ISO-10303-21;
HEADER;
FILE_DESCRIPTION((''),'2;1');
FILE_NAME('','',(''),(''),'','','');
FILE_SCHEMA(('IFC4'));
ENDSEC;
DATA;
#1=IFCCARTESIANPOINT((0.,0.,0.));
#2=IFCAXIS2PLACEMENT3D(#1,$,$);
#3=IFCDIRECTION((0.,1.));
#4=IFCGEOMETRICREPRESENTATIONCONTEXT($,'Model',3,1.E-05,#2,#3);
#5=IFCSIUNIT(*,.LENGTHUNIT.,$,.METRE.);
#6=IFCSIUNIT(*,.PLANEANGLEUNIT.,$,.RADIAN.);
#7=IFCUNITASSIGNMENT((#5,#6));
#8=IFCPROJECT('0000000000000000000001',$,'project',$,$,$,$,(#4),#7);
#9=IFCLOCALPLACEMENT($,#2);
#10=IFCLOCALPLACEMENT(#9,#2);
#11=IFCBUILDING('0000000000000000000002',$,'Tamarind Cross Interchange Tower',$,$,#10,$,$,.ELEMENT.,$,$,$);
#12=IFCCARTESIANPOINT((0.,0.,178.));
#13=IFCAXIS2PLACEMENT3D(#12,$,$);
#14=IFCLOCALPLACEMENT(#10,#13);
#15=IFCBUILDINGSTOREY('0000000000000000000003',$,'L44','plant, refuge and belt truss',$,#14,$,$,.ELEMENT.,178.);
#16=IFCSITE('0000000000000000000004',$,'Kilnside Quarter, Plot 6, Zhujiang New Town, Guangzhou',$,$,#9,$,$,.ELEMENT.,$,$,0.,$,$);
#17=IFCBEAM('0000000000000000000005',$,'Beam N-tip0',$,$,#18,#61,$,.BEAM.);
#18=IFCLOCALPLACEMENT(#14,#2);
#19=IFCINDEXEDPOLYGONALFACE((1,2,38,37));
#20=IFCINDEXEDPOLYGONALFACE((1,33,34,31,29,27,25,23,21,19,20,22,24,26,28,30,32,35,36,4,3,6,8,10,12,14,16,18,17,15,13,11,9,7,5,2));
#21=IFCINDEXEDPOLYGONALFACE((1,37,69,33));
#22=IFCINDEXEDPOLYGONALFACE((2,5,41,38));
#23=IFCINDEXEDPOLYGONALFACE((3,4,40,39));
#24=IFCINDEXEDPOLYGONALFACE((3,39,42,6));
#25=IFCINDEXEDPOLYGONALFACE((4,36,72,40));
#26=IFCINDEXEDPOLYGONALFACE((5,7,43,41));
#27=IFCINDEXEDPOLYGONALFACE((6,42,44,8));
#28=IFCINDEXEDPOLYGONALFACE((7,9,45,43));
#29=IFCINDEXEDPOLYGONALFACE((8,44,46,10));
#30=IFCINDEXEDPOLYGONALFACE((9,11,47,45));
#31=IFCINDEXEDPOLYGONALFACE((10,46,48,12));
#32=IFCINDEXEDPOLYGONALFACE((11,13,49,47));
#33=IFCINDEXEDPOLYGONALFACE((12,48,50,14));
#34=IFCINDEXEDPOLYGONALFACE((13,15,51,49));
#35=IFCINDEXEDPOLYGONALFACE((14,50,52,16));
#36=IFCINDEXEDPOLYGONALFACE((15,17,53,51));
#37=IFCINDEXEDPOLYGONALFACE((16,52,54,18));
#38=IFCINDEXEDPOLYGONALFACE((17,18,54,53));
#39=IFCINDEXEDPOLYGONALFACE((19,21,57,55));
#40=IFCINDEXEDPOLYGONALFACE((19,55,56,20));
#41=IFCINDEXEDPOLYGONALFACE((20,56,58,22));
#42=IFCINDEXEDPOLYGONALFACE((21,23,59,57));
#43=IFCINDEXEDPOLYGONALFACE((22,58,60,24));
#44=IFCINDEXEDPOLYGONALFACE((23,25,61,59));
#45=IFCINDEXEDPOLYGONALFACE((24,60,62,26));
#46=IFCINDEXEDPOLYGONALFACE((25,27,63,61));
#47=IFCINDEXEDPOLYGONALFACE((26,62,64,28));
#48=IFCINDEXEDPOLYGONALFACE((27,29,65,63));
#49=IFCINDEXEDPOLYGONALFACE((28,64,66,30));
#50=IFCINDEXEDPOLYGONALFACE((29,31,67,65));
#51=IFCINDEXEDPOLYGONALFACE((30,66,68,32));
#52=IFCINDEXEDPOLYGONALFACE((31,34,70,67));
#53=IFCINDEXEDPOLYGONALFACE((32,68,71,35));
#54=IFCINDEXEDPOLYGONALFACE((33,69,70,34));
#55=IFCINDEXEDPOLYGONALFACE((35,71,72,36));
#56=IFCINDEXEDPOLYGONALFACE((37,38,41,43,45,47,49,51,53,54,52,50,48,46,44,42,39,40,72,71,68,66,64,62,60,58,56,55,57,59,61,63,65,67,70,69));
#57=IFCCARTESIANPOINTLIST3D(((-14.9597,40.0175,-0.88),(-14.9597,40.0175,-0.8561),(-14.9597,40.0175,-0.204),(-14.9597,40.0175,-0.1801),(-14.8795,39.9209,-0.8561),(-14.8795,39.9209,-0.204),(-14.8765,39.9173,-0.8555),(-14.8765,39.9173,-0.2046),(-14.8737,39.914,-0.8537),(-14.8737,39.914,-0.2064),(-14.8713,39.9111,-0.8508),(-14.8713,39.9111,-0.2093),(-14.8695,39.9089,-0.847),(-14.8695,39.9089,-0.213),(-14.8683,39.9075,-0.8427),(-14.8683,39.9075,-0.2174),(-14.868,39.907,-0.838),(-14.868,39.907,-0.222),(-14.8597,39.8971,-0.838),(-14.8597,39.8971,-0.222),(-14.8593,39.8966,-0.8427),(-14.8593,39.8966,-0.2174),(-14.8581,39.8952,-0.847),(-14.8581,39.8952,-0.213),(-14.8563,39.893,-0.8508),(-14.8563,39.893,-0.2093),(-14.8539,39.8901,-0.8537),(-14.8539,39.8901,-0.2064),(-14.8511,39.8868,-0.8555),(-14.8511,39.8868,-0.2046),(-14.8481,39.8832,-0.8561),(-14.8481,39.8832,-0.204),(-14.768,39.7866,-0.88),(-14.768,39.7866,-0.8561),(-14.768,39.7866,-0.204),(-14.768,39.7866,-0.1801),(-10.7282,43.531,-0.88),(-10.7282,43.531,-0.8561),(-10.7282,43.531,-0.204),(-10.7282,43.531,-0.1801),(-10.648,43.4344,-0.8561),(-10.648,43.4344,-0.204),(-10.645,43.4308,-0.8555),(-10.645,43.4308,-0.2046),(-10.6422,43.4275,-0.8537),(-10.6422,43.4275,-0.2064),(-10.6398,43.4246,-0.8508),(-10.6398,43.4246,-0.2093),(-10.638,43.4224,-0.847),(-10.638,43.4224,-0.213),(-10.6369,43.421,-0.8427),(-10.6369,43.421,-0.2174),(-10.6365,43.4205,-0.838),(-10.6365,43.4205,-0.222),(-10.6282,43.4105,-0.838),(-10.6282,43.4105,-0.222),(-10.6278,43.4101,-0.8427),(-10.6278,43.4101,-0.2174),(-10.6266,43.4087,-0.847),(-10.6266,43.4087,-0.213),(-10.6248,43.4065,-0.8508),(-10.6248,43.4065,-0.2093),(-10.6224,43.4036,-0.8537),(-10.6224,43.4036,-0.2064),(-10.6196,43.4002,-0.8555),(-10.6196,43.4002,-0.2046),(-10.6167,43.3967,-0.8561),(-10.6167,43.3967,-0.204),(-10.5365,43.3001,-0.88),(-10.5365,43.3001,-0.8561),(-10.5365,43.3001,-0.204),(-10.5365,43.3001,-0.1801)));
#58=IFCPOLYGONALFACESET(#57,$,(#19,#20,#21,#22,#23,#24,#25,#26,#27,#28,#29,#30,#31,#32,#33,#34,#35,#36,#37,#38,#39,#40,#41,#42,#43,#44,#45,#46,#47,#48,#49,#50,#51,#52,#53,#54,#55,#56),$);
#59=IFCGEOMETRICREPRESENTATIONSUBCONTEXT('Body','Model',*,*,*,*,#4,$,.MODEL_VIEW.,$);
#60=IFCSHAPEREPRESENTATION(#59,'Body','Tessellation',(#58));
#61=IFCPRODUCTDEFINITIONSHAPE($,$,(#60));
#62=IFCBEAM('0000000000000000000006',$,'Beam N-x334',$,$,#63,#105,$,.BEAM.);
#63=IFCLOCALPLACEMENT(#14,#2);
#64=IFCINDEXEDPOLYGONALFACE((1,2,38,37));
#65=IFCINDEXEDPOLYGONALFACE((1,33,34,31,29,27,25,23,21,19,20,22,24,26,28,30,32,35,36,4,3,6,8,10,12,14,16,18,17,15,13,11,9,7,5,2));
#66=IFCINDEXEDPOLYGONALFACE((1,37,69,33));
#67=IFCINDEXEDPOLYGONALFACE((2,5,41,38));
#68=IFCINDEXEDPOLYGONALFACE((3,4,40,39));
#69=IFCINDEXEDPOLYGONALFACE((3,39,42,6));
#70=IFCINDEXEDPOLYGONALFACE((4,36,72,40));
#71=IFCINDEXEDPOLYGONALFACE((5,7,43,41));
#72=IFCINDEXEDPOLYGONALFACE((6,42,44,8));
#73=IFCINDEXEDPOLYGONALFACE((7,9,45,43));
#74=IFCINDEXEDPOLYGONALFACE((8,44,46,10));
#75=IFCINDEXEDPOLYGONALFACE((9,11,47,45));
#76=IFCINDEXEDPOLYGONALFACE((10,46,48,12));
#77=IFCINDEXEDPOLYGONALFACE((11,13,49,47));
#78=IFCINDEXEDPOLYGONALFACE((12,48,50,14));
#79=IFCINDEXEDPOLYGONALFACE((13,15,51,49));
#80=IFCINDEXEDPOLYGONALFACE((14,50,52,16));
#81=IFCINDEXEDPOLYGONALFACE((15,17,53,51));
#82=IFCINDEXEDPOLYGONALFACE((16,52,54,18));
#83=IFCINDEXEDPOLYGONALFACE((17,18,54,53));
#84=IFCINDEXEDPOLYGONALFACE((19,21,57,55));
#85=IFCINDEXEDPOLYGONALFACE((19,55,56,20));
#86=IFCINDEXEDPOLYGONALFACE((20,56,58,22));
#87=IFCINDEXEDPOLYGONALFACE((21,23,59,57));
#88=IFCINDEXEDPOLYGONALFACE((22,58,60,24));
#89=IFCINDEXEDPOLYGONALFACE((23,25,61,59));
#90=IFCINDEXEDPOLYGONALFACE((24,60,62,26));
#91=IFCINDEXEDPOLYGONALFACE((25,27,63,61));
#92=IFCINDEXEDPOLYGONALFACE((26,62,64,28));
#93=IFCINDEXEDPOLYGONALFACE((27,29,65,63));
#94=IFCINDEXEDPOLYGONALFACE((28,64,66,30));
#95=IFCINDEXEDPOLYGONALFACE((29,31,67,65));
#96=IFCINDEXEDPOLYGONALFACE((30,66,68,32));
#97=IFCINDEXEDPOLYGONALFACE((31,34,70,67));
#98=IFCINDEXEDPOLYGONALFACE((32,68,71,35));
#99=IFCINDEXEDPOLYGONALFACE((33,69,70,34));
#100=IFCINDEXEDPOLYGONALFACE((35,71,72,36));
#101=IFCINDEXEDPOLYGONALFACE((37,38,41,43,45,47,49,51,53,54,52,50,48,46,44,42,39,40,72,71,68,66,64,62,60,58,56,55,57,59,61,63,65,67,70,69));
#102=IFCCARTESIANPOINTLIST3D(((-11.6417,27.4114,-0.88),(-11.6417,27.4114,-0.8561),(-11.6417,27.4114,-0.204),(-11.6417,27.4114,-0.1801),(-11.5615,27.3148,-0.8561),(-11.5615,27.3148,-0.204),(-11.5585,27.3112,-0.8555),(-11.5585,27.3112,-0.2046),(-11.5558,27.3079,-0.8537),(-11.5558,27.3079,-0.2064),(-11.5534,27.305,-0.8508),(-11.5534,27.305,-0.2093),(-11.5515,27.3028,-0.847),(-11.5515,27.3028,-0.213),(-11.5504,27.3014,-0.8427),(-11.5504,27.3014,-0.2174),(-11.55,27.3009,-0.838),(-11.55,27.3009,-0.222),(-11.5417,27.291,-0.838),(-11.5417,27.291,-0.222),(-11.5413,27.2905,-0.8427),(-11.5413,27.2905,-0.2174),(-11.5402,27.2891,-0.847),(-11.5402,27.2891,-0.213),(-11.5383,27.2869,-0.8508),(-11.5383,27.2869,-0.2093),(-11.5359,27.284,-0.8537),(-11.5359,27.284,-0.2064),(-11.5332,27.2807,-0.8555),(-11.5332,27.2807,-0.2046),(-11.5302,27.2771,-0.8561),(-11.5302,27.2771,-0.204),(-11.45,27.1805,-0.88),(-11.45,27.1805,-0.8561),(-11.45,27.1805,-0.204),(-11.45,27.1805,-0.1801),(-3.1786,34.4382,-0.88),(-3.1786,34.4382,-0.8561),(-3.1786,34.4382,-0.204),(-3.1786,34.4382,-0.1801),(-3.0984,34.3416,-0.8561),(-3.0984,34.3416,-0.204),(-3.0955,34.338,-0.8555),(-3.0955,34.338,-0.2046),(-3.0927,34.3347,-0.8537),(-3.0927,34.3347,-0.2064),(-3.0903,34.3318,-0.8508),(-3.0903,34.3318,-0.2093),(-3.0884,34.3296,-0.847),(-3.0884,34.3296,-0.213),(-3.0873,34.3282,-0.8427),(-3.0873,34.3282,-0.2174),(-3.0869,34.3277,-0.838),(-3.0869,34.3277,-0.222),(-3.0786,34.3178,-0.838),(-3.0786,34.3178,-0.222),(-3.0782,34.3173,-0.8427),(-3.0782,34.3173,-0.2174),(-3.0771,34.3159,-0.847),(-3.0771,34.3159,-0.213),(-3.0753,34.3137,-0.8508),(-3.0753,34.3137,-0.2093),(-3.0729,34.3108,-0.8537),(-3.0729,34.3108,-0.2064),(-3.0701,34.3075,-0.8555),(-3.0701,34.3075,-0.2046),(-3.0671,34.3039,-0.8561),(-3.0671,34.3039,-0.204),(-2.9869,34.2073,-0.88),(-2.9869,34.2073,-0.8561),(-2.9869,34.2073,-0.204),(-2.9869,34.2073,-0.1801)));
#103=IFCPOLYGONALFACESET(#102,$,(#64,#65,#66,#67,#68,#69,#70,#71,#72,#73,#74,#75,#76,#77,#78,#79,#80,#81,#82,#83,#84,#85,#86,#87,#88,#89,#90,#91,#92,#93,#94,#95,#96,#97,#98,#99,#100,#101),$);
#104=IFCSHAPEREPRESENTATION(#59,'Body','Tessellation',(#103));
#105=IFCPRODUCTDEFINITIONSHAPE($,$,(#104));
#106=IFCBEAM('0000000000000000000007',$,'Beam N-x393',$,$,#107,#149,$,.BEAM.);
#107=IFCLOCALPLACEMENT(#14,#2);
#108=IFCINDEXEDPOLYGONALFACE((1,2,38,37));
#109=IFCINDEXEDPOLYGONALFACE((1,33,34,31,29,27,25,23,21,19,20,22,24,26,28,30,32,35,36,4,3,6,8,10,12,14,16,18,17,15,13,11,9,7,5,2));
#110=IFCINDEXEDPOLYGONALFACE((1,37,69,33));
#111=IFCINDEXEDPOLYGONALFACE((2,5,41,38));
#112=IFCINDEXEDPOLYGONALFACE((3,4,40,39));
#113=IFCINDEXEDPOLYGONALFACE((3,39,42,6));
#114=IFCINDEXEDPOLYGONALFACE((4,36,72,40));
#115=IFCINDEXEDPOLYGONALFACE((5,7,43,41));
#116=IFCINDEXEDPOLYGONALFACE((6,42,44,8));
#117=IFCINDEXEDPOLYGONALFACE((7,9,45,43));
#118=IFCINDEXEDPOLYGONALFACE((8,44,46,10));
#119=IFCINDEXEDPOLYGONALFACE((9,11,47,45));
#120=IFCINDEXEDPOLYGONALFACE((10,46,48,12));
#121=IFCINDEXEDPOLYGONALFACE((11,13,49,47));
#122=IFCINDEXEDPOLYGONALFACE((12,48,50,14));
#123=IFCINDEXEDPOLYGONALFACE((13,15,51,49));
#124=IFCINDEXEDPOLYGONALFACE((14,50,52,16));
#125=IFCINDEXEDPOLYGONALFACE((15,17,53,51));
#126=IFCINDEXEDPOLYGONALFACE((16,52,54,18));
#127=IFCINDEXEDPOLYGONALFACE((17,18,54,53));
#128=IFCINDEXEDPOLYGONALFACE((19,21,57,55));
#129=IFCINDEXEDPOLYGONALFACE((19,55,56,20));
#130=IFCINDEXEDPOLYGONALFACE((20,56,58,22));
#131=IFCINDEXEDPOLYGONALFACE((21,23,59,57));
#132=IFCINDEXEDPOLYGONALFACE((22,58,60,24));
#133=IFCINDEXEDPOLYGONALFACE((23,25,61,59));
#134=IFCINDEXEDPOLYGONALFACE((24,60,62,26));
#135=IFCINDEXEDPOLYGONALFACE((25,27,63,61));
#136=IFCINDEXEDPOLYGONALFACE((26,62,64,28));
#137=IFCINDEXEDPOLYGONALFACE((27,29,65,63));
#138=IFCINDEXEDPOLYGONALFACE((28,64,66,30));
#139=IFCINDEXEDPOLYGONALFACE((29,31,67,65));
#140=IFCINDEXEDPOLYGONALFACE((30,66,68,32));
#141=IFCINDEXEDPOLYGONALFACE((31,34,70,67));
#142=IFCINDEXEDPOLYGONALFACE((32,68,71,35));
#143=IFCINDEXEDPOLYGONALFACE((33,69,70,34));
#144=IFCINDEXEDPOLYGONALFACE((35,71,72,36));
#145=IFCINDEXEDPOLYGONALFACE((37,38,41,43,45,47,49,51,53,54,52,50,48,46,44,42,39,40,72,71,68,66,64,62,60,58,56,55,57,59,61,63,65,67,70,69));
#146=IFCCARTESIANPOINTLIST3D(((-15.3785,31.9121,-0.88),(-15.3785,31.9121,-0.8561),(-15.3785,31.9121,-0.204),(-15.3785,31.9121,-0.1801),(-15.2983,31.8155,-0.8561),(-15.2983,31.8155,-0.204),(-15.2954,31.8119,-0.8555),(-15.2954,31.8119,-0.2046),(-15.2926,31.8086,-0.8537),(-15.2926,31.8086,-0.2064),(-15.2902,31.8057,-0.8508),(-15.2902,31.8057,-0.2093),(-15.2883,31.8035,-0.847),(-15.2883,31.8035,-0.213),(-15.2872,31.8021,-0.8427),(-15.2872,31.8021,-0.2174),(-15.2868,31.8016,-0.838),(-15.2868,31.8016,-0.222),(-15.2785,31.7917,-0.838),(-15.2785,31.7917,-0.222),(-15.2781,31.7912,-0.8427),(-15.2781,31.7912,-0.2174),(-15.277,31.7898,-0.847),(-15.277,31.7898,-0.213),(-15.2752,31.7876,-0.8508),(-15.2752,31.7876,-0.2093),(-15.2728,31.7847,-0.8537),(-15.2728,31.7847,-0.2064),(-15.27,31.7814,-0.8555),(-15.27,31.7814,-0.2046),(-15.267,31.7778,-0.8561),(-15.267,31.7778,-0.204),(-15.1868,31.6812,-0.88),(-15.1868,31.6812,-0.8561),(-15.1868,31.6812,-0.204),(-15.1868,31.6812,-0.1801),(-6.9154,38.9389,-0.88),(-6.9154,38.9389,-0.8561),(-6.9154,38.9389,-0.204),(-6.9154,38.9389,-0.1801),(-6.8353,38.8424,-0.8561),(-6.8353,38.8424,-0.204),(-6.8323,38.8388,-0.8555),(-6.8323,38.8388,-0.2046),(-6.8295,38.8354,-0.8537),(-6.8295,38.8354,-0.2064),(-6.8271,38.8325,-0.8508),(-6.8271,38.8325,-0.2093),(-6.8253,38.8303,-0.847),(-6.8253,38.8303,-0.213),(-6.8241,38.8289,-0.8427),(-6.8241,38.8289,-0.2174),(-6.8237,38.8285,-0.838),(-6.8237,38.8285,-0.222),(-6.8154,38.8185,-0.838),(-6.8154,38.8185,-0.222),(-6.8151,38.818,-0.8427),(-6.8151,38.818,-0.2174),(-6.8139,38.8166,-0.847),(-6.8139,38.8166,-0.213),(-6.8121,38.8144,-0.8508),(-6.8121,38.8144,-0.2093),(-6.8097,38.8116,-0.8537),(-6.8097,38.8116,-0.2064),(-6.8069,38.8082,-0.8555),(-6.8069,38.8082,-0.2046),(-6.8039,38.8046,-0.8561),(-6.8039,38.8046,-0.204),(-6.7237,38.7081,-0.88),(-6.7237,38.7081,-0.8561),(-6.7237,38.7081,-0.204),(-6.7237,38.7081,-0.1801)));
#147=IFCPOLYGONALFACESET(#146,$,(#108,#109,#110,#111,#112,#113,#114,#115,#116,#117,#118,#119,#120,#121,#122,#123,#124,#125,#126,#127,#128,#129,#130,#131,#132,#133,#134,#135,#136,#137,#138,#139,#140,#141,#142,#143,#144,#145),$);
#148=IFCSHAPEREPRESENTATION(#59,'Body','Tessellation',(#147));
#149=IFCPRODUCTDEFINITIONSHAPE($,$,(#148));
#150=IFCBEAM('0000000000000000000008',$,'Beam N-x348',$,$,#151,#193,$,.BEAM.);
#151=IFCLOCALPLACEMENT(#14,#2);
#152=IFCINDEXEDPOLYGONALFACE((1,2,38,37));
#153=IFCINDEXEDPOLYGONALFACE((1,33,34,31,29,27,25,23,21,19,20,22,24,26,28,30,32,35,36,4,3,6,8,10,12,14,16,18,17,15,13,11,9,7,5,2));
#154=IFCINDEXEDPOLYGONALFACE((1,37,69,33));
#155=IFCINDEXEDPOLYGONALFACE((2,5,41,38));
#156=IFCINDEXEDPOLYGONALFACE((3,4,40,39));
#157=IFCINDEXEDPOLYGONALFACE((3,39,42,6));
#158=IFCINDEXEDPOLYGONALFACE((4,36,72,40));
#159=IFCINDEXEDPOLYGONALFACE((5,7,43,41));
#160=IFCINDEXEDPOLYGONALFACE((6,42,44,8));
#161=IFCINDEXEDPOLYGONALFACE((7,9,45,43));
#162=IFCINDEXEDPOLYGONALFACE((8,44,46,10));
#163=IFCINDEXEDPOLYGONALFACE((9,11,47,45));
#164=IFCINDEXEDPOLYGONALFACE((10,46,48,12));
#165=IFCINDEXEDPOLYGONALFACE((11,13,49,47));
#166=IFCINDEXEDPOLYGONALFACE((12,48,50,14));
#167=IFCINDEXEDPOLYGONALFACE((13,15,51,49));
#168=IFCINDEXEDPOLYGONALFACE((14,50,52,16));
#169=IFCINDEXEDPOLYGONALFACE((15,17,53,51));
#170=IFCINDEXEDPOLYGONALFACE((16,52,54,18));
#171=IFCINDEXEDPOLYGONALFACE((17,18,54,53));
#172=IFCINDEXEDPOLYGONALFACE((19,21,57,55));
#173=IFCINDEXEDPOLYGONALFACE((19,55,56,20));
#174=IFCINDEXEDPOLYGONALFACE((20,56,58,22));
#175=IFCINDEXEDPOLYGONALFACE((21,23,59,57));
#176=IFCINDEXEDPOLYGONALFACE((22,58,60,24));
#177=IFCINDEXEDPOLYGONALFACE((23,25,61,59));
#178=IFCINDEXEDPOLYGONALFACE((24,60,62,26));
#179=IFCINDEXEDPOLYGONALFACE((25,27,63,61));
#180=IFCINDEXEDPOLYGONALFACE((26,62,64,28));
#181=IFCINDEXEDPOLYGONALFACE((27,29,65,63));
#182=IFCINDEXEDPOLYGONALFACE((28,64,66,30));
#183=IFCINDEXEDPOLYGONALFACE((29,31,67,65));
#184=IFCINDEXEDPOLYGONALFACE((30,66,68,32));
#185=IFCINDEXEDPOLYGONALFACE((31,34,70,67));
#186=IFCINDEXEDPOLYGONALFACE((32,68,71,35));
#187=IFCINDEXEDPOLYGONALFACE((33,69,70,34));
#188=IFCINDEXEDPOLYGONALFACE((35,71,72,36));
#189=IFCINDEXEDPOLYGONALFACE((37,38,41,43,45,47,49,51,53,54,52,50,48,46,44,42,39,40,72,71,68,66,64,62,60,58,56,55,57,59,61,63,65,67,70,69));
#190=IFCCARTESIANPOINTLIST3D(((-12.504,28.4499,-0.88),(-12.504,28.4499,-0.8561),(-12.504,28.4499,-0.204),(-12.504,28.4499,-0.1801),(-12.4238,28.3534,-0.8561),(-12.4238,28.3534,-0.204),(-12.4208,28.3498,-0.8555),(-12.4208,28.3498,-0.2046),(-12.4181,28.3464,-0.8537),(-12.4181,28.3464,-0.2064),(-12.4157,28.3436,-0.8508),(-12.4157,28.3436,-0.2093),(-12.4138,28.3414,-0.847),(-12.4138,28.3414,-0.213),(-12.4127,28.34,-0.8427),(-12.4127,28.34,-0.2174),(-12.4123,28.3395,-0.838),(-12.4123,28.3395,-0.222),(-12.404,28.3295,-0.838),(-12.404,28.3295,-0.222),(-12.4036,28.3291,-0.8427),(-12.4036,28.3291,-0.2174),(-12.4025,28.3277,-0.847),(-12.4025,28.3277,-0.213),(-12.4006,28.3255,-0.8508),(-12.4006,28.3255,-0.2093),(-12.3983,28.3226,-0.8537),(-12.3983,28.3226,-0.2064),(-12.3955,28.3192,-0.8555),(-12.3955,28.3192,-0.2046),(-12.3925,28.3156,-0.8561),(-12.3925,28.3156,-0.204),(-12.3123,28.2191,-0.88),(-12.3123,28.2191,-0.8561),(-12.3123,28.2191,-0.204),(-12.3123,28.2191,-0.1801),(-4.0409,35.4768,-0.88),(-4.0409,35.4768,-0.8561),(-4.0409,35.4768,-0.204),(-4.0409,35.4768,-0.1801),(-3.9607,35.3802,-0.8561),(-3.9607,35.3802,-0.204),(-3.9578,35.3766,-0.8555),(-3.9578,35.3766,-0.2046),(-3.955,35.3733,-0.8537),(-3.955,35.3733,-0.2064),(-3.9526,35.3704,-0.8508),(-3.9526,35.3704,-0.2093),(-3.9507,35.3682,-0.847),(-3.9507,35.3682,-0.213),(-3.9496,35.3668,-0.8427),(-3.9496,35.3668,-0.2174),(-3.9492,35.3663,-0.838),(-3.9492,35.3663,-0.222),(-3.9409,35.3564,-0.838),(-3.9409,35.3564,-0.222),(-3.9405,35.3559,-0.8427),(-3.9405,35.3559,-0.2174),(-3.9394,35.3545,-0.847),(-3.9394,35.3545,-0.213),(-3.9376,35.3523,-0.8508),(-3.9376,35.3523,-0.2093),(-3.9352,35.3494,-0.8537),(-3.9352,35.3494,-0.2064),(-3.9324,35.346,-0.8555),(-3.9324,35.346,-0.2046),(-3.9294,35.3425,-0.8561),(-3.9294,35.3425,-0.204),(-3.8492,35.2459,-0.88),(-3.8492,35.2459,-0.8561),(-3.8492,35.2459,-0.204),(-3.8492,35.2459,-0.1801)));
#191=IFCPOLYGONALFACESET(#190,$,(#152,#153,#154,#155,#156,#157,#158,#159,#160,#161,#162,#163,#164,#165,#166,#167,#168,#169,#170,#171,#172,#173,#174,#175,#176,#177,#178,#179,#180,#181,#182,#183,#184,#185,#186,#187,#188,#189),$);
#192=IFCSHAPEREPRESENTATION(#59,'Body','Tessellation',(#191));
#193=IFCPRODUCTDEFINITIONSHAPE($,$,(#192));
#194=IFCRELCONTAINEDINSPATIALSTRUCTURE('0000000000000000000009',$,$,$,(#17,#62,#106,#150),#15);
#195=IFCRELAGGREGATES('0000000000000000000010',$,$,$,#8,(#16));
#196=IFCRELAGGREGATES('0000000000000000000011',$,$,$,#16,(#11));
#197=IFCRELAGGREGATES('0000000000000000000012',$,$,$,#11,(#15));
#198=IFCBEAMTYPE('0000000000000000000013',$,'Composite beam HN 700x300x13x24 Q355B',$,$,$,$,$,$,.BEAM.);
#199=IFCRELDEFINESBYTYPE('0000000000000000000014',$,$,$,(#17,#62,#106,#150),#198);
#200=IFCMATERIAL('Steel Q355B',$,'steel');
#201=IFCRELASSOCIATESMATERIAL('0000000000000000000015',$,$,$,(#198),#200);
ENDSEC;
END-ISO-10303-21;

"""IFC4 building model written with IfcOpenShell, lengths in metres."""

from ifc_helpers import new_model, si_unit, direction, frame, origin, origin_2d, place, context, subcontext, project, spatial, i_section, extrude, material, material_profile, profile_set, type_object, element, save


model = new_model("IFC4")

# Units and contexts
model_context = context("Model", 3, precision=1e-05, world=origin(), true_north=direction((0.0, 1.0)))
body_context = subcontext(model_context, "Body", "Model", "MODEL_VIEW")
ifc_project = project(units=[si_unit("LENGTHUNIT", "METRE"), si_unit("PLANEANGLEUNIT", "RADIAN")], contexts=[model_context])

# Site, building, storey
site_placement = place(None, origin())
site = spatial("IfcSite", under=ifc_project, at=site_placement, Name="Kilnside Quarter, Plot 6, Zhujiang New Town, Guangzhou", CompositionType="ELEMENT", RefElevation=0.0)
building_placement = place(site_placement, origin())
building = spatial("IfcBuilding", under=site, at=building_placement, Name="Tamarind Cross Interchange Tower", CompositionType="ELEMENT")
storey_placement = place(building_placement, frame((0.0, 0.0, 178.0)))
storey = spatial("IfcBuildingStorey", under=building, at=storey_placement, Name="L44", Description="plant, refuge and belt truss", CompositionType="ELEMENT", Elevation=178.0)

# Beams
ifc_material_1 = material(Name="Steel Q355B", Category="steel")
ifc_material_profile_1 = material_profile(ifc_material_1, i_section(OverallWidth=0.3, OverallDepth=0.7, WebThickness=0.0129, FlangeThickness=0.0239, FilletRadius=0.0181, at=origin_2d()), Name="HN 700x300x13x24")
ifc_profile_set_1 = profile_set([ifc_material_profile_1], Name="Steel Q355B")
beam_type_1 = type_object("IfcBeamType", Name="Composite beam HN 700x300x13x24 Q355B", PredefinedType="BEAM", material=ifc_profile_set_1)
beam_1_placement = place(storey_placement, frame((-10.6323, 43.4155, -0.53), z_axis=(-0.769363, -0.638812, 0.0), x_axis=(0.638812, -0.769363, 0.0)))
element("IfcBeam", 1, at=beam_1_placement, inside=storey, type_object=beam_type_1, Name="Beam N-tip0", PredefinedType="BEAM", context=body_context, shape_type="SweptSolid", body=[
    extrude(i_section(OverallWidth=0.3, OverallDepth=0.7, WebThickness=0.0129, FlangeThickness=0.0239, FilletRadius=0.0181, at=origin_2d()), origin(), (0.0, 0.0, 1.0), 5.5),
])
for number, where, z_axis, x_axis, name in (
    (2, (-3.0828, 34.3228, -0.53), (-0.769372, -0.638801, 0.0), (0.638801, -0.769372, 0.0), "Beam N-x334"),
    (3, (-6.8196, 38.8235, -0.53), (-0.769372, -0.638801, 0.0), (0.638801, -0.769372, 0.0), "Beam N-x393"),
    (4, (-3.9451, 35.3613, -0.53), (-0.769372, -0.638801, 0.0), (0.638801, -0.769372, 0.0), "Beam N-x348"),
):
    element("IfcBeam", number, at=place(storey_placement, frame(where, z_axis=z_axis, x_axis=x_axis)), inside=storey, type_object=beam_type_1, Name=name, PredefinedType="BEAM", context=body_context, shape_type="SweptSolid", body=[
        extrude(i_section(OverallWidth=0.3, OverallDepth=0.7, WebThickness=0.0129, FlangeThickness=0.0239, FilletRadius=0.0181, at=origin_2d()), origin(), (0.0, 0.0, 1.0), 11.0),
    ])

save(model, "model.ifc")
